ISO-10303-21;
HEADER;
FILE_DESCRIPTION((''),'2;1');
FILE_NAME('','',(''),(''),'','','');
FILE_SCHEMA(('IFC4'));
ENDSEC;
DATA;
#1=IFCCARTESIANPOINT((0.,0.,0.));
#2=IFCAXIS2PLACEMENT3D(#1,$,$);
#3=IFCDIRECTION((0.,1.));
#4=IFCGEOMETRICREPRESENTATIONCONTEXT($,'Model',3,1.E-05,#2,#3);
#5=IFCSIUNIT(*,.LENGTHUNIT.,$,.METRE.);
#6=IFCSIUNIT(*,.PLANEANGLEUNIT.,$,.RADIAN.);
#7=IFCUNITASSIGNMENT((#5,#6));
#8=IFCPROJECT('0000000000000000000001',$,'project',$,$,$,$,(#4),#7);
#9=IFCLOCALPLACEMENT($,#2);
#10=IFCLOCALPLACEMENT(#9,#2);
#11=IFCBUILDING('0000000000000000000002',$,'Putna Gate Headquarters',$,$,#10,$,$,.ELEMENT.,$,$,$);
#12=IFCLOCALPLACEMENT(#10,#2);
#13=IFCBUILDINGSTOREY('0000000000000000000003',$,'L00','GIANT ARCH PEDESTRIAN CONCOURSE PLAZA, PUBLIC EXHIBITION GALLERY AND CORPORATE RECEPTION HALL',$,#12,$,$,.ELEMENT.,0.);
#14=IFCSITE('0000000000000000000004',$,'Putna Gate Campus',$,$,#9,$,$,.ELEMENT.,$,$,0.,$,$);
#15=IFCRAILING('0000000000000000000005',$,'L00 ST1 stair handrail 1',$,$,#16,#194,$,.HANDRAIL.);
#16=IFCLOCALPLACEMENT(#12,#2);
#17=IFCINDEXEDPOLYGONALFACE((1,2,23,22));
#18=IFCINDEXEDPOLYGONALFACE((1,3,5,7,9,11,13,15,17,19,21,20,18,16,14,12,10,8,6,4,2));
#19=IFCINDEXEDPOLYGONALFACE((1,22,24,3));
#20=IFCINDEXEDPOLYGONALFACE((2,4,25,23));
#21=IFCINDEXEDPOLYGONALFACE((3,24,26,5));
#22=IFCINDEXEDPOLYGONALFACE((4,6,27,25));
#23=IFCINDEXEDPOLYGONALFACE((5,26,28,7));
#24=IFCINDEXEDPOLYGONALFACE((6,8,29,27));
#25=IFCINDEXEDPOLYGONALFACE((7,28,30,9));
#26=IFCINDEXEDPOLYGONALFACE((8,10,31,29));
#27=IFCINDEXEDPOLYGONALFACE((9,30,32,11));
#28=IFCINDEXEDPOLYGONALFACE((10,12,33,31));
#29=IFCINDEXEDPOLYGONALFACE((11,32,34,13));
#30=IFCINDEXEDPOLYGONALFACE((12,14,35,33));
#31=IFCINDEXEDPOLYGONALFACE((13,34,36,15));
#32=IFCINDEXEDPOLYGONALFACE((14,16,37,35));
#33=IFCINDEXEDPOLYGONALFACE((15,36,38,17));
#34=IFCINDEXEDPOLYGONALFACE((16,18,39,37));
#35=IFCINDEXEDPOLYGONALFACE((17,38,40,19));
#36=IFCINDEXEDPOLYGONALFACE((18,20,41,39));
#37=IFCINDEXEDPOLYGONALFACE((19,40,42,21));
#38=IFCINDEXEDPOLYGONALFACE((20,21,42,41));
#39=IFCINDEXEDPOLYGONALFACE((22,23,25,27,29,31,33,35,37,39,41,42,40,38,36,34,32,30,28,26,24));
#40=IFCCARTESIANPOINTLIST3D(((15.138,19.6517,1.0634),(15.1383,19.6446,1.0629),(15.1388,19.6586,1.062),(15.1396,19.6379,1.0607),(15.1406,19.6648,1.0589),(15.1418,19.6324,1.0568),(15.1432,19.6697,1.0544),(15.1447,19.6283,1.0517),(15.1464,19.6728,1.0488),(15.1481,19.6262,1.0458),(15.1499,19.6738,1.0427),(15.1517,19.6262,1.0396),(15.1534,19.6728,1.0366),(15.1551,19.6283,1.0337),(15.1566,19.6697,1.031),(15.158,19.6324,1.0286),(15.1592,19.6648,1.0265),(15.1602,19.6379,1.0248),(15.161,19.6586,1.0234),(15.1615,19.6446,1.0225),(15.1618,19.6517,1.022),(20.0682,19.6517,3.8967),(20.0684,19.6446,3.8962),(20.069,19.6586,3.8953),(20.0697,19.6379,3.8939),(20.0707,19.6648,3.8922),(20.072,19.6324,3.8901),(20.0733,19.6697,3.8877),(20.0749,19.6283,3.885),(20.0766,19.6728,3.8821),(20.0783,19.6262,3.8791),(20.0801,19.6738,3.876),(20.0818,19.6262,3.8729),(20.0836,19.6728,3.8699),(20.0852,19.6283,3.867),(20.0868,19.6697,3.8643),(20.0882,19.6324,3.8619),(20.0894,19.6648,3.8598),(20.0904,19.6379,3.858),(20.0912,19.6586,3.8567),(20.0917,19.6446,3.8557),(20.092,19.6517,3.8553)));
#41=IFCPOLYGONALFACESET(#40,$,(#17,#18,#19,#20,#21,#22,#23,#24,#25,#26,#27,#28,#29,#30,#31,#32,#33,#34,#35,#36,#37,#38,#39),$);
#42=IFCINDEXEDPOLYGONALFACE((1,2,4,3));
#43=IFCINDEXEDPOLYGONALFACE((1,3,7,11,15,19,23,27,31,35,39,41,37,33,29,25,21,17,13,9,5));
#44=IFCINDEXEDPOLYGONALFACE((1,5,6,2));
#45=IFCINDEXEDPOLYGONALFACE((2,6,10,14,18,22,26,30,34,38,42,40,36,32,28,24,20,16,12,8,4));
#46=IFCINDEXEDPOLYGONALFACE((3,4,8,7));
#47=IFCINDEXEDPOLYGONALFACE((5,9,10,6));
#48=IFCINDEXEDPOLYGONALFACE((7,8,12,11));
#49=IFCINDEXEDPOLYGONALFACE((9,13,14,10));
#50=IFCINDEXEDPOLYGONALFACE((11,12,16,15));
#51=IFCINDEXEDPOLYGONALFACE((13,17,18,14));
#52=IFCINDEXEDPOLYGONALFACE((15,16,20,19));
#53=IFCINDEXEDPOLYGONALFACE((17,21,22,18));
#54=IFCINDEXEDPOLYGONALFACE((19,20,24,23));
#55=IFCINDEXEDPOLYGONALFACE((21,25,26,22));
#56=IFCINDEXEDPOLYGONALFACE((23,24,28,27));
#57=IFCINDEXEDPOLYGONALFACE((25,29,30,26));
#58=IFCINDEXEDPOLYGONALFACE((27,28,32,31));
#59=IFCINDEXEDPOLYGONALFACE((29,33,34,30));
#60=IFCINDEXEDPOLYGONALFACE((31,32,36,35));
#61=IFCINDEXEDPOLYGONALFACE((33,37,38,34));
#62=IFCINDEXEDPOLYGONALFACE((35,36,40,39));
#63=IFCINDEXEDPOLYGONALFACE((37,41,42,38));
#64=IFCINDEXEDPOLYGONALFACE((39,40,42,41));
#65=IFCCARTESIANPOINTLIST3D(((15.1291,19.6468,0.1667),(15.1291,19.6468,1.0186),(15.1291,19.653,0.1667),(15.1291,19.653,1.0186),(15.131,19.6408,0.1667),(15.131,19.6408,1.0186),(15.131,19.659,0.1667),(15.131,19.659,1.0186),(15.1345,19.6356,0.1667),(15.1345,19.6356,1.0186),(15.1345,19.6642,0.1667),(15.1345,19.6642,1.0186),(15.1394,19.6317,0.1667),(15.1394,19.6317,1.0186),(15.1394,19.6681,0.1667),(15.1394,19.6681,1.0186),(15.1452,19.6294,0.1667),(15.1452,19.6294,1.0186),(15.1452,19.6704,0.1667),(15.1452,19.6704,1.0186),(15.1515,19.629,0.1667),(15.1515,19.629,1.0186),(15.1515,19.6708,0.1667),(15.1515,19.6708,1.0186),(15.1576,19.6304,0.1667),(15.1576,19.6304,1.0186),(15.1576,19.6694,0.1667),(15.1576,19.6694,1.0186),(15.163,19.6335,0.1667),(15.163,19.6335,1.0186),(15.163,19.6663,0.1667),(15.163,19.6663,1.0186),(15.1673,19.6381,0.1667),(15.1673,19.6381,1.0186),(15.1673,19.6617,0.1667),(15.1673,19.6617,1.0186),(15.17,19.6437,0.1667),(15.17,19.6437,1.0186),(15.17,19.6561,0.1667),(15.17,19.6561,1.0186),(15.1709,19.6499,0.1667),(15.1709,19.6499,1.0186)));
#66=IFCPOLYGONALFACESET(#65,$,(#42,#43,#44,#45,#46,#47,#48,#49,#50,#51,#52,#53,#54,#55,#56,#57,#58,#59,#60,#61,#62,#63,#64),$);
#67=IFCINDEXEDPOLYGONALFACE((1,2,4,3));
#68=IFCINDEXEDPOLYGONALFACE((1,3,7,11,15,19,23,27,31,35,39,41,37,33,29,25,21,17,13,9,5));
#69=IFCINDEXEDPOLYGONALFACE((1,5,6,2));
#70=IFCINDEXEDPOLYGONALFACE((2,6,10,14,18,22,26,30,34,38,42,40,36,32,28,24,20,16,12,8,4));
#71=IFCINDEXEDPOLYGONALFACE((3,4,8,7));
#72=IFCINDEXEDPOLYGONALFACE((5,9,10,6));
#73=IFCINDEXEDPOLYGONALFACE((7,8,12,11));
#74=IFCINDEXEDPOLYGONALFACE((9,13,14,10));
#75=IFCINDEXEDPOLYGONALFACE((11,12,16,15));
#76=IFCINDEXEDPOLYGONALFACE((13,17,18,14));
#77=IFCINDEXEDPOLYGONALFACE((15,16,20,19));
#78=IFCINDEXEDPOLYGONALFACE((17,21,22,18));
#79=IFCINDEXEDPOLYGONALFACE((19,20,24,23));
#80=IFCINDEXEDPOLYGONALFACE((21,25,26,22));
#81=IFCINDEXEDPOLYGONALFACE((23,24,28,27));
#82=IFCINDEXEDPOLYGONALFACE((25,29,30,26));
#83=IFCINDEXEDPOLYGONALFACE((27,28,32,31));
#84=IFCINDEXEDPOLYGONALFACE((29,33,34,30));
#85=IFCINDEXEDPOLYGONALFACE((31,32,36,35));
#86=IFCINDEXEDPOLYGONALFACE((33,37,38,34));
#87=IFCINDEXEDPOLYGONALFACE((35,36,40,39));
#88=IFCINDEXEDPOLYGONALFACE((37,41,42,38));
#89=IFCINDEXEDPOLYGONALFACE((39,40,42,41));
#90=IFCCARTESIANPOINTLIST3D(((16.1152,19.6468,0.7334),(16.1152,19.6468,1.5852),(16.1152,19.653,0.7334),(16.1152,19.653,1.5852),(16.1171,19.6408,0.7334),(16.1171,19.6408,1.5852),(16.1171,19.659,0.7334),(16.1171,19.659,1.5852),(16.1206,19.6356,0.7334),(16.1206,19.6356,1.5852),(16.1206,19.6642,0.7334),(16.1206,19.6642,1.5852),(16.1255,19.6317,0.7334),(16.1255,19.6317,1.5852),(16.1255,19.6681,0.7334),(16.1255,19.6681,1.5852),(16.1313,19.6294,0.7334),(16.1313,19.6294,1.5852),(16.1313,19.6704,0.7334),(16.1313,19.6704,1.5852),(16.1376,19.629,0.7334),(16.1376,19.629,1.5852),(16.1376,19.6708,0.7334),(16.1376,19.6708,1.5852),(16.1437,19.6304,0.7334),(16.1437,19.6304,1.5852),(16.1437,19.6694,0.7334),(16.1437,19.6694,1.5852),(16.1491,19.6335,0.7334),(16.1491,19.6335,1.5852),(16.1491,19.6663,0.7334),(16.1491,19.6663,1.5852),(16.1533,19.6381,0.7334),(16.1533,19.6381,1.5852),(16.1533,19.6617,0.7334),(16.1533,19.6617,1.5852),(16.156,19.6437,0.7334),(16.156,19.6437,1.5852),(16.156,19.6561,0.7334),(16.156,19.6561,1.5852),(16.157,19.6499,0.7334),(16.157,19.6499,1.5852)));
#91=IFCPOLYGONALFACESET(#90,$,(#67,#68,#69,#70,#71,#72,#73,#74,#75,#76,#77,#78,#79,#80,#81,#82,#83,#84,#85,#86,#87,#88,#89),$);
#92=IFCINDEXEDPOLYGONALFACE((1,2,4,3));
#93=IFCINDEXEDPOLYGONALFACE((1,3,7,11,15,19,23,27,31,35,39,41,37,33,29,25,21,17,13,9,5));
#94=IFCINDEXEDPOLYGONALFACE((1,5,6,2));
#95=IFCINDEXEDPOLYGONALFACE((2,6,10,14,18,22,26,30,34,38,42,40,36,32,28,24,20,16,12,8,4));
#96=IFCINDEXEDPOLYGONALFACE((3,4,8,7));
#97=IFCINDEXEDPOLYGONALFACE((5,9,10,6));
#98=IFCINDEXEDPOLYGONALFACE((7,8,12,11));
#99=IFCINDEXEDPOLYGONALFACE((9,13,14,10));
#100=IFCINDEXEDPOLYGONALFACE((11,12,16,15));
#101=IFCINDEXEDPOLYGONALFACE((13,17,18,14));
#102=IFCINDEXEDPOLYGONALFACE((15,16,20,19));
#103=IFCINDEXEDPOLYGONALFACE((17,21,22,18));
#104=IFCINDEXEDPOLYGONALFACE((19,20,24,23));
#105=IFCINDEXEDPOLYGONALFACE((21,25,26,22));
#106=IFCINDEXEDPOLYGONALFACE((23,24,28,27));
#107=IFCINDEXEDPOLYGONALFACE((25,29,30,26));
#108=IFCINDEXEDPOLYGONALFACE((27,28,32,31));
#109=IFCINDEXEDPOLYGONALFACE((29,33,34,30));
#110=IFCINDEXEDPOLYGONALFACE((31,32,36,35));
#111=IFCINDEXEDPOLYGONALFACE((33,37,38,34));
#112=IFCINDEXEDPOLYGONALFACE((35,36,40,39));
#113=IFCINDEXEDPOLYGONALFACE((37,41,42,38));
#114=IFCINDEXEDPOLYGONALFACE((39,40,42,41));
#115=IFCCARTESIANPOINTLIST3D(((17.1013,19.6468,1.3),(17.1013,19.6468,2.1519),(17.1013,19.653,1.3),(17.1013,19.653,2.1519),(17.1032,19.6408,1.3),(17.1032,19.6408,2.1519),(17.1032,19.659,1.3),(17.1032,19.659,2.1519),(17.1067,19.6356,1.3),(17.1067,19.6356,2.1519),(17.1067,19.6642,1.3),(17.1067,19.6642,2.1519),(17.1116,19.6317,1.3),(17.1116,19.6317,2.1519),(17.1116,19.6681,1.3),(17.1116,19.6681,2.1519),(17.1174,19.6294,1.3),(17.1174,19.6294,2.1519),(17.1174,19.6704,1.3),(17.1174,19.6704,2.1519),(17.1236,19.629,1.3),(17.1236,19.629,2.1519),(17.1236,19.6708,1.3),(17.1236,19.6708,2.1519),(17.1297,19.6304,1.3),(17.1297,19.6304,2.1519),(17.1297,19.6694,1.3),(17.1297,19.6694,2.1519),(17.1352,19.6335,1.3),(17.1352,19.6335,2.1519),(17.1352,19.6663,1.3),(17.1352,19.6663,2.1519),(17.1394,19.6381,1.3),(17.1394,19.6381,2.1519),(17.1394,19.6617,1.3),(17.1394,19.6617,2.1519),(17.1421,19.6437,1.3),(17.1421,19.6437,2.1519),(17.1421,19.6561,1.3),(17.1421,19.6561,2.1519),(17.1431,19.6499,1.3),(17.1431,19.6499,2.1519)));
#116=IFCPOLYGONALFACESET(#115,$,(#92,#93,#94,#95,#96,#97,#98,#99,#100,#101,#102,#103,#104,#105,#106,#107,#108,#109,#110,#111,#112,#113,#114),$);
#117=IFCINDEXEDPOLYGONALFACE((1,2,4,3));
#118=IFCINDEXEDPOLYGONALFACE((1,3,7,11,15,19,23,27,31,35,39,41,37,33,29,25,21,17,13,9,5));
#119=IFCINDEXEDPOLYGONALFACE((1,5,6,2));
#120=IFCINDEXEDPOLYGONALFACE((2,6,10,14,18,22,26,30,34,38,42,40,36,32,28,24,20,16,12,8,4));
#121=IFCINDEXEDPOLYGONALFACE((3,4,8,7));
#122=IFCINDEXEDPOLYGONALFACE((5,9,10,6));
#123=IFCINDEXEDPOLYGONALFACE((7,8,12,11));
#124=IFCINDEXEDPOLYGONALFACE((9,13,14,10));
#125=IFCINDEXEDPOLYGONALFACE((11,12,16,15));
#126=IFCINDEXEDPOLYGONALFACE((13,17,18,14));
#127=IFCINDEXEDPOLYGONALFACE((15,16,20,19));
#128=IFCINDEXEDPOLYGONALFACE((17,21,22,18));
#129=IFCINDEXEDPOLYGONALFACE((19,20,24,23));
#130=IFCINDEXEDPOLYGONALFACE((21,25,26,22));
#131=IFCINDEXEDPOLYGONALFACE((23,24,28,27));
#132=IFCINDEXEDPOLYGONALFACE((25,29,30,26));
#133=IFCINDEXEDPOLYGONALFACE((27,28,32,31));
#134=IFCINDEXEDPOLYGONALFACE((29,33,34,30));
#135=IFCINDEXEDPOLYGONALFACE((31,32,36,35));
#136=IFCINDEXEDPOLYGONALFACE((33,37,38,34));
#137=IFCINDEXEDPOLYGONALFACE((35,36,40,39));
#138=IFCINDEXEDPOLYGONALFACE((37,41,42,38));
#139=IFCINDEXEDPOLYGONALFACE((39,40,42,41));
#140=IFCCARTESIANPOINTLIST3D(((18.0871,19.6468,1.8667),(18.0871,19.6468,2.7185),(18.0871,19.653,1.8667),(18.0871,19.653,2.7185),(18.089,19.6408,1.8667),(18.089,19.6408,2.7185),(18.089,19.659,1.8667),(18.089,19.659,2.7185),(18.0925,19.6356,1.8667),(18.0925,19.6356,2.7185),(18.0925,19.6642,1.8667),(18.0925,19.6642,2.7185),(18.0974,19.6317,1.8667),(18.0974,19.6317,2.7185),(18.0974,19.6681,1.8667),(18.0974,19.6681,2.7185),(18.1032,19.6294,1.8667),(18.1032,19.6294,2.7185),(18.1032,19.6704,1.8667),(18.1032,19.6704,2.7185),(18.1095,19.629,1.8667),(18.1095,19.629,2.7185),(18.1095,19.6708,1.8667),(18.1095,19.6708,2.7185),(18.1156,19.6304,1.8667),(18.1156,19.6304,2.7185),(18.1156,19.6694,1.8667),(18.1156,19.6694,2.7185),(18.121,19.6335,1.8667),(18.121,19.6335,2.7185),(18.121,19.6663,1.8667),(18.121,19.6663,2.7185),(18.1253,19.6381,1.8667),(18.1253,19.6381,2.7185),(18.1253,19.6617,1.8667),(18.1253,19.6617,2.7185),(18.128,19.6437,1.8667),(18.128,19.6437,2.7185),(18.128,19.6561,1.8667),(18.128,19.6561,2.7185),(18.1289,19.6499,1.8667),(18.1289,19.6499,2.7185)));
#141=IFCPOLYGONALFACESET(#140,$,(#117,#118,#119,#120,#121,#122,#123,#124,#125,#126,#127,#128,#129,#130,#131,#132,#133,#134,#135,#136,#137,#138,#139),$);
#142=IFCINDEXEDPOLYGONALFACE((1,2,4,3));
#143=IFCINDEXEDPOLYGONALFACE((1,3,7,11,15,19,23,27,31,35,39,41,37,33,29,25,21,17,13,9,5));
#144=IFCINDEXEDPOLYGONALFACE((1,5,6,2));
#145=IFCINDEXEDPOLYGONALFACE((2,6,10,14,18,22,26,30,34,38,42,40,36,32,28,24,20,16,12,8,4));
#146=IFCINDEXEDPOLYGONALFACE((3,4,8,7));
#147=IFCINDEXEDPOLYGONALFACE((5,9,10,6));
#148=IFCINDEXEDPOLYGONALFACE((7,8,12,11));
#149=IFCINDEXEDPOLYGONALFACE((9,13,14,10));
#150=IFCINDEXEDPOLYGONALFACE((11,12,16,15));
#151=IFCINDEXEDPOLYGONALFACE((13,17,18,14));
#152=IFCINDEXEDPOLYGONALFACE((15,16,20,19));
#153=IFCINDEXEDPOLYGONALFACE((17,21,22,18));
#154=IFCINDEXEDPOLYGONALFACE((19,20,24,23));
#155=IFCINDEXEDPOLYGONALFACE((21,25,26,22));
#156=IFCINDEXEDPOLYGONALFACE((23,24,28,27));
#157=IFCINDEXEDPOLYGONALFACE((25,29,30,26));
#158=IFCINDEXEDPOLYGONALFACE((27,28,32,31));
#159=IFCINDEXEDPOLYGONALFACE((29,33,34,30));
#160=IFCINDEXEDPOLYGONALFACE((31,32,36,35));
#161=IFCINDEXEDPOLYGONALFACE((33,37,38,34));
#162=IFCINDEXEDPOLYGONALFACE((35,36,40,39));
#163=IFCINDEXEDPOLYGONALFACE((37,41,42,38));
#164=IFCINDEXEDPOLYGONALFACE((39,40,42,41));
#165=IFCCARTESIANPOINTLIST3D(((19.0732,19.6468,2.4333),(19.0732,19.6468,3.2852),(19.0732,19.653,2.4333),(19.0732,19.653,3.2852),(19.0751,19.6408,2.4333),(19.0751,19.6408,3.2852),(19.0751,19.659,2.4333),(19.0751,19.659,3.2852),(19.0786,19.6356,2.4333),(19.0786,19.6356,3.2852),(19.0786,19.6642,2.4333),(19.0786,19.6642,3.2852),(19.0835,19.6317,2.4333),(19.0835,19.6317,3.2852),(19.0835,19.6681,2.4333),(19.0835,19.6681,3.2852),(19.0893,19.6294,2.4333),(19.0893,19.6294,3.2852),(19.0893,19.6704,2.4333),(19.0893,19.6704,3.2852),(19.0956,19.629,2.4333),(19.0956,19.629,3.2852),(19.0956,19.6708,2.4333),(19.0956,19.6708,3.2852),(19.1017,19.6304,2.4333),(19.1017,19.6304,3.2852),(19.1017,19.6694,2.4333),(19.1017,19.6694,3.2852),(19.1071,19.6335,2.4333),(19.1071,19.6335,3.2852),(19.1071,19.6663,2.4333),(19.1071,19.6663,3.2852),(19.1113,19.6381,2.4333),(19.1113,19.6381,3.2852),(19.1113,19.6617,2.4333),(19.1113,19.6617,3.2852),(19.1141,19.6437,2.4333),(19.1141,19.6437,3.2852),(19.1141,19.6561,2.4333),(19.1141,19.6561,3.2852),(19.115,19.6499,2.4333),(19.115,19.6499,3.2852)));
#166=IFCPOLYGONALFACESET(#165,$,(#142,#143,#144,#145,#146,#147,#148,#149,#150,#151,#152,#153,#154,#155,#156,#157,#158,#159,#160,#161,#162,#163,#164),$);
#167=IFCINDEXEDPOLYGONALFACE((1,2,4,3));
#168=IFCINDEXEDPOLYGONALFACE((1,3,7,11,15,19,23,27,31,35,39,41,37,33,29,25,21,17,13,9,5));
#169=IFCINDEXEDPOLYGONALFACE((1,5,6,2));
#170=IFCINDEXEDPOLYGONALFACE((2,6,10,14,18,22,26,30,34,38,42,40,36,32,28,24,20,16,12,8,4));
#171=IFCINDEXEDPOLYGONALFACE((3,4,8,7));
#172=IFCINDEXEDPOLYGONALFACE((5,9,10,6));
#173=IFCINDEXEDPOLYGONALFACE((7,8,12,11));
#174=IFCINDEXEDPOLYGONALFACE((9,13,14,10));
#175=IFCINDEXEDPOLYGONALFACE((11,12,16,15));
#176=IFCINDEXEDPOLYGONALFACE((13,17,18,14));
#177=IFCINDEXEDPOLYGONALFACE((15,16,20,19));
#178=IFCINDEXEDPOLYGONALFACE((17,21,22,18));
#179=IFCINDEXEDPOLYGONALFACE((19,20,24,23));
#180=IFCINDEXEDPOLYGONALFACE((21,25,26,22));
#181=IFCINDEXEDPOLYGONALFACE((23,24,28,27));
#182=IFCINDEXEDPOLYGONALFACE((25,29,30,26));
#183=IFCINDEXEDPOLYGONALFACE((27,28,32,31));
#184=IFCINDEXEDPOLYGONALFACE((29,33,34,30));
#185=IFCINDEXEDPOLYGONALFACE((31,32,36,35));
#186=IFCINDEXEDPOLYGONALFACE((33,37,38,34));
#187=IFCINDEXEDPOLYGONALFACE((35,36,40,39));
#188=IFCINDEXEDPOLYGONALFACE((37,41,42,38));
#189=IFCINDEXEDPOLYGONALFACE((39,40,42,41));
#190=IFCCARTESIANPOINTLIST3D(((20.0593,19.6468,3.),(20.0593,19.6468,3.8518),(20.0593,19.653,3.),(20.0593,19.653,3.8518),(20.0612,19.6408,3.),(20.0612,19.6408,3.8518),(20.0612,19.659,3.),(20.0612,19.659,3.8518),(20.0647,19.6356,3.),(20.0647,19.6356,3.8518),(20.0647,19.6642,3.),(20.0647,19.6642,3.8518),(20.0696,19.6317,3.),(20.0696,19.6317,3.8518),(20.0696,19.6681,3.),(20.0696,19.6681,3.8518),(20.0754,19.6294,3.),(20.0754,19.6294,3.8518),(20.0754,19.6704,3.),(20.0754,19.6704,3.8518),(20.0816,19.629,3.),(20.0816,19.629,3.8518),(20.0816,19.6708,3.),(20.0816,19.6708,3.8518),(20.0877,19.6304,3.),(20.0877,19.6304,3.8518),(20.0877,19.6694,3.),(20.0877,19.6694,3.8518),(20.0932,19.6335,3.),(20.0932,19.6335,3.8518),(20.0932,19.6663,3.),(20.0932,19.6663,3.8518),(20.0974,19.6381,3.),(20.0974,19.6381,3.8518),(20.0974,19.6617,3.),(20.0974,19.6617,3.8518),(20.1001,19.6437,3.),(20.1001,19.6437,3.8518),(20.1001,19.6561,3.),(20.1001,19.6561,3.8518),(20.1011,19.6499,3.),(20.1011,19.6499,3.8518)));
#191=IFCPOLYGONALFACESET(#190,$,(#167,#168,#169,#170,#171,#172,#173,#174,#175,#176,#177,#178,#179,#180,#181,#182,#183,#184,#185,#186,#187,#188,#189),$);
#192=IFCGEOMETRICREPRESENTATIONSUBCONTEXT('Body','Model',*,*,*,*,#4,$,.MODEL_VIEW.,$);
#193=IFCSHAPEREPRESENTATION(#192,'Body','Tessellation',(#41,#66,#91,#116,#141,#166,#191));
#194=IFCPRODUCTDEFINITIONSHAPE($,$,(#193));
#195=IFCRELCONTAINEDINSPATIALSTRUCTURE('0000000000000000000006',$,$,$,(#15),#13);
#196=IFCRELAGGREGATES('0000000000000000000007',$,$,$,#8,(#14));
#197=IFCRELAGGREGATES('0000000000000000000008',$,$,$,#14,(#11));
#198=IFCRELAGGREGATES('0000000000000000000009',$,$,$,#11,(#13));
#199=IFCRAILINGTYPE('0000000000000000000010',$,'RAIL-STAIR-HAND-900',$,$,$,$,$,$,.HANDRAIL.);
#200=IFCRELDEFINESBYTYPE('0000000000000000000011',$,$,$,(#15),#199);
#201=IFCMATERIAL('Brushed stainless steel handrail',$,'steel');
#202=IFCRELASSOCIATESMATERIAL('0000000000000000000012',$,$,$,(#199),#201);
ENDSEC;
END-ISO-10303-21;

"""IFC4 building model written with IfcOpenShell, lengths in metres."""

from ifc_helpers import new_model, si_unit, direction, frame, origin, origin_2d, place, context, subcontext, project, spatial, circle, extrude, material, type_object, element, save


model = new_model("IFC4")

# Units and contexts
model_context = context("Model", 3, precision=1e-05, world=origin(), true_north=direction((0.0, 1.0)))
body_context = subcontext(model_context, "Body", "Model", "MODEL_VIEW")
ifc_project = project(units=[si_unit("LENGTHUNIT", "METRE"), si_unit("PLANEANGLEUNIT", "RADIAN")], contexts=[model_context])

# Site, building, storey
site_placement = place(None, origin())
site = spatial("IfcSite", under=ifc_project, at=site_placement, Name="Putna Gate Campus", CompositionType="ELEMENT", RefElevation=0.0)
building_placement = place(site_placement, origin())
building = spatial("IfcBuilding", under=site, at=building_placement, Name="Putna Gate Headquarters", CompositionType="ELEMENT")
storey_placement = place(building_placement, origin())
storey = spatial("IfcBuildingStorey", under=building, at=storey_placement, Name="L00", Description="GIANT ARCH PEDESTRIAN CONCOURSE PLAZA, PUBLIC EXHIBITION GALLERY AND CORPORATE RECEPTION HALL", CompositionType="ELEMENT", Elevation=0.0)

# Railing
ifc_material_1 = material(Name="Brushed stainless steel handrail", Category="steel")
railing_type = type_object("IfcRailingType", Name="RAIL-STAIR-HAND-900", PredefinedType="HANDRAIL", material=ifc_material_1)
railing_placement = place(storey_placement, frame((15.1499, 19.6499, 0.1667)))
element("IfcRailing", 1, at=railing_placement, inside=storey, type_object=railing_type, Name="L00 ST1 stair handrail 1", PredefinedType="HANDRAIL", context=body_context, shape_type="SweptSolid", body=[
    extrude(circle(Radius=0.0239, at=origin_2d()), frame((0.0, 0.0, 0.876), z_axis=(0.867028, 0.0, 0.49826), x_axis=(0.0, 1.0, 0.0)), (0.0, 0.0, 1.0), 5.6863),
    extrude(circle(Radius=0.021, at=origin_2d()), origin(), (0.0, 0.0, 1.0), 0.8518),
    extrude(circle(Radius=0.021, at=origin_2d()), frame((0.9861, 0.0, 0.5667)), (0.0, 0.0, 1.0), 0.8518),
    extrude(circle(Radius=0.021, at=origin_2d()), frame((1.9722, 0.0, 1.1333)), (0.0, 0.0, 1.0), 0.8518),
    extrude(circle(Radius=0.021, at=origin_2d()), frame((2.958, 0.0, 1.7)), (0.0, 0.0, 1.0), 0.8518),
    extrude(circle(Radius=0.021, at=origin_2d()), frame((3.9441, 0.0, 2.2666)), (0.0, 0.0, 1.0), 0.8518),
    extrude(circle(Radius=0.021, at=origin_2d()), frame((4.9302, 0.0, 2.8333)), (0.0, 0.0, 1.0), 0.8518),
])

save(model, "model.ifc")
